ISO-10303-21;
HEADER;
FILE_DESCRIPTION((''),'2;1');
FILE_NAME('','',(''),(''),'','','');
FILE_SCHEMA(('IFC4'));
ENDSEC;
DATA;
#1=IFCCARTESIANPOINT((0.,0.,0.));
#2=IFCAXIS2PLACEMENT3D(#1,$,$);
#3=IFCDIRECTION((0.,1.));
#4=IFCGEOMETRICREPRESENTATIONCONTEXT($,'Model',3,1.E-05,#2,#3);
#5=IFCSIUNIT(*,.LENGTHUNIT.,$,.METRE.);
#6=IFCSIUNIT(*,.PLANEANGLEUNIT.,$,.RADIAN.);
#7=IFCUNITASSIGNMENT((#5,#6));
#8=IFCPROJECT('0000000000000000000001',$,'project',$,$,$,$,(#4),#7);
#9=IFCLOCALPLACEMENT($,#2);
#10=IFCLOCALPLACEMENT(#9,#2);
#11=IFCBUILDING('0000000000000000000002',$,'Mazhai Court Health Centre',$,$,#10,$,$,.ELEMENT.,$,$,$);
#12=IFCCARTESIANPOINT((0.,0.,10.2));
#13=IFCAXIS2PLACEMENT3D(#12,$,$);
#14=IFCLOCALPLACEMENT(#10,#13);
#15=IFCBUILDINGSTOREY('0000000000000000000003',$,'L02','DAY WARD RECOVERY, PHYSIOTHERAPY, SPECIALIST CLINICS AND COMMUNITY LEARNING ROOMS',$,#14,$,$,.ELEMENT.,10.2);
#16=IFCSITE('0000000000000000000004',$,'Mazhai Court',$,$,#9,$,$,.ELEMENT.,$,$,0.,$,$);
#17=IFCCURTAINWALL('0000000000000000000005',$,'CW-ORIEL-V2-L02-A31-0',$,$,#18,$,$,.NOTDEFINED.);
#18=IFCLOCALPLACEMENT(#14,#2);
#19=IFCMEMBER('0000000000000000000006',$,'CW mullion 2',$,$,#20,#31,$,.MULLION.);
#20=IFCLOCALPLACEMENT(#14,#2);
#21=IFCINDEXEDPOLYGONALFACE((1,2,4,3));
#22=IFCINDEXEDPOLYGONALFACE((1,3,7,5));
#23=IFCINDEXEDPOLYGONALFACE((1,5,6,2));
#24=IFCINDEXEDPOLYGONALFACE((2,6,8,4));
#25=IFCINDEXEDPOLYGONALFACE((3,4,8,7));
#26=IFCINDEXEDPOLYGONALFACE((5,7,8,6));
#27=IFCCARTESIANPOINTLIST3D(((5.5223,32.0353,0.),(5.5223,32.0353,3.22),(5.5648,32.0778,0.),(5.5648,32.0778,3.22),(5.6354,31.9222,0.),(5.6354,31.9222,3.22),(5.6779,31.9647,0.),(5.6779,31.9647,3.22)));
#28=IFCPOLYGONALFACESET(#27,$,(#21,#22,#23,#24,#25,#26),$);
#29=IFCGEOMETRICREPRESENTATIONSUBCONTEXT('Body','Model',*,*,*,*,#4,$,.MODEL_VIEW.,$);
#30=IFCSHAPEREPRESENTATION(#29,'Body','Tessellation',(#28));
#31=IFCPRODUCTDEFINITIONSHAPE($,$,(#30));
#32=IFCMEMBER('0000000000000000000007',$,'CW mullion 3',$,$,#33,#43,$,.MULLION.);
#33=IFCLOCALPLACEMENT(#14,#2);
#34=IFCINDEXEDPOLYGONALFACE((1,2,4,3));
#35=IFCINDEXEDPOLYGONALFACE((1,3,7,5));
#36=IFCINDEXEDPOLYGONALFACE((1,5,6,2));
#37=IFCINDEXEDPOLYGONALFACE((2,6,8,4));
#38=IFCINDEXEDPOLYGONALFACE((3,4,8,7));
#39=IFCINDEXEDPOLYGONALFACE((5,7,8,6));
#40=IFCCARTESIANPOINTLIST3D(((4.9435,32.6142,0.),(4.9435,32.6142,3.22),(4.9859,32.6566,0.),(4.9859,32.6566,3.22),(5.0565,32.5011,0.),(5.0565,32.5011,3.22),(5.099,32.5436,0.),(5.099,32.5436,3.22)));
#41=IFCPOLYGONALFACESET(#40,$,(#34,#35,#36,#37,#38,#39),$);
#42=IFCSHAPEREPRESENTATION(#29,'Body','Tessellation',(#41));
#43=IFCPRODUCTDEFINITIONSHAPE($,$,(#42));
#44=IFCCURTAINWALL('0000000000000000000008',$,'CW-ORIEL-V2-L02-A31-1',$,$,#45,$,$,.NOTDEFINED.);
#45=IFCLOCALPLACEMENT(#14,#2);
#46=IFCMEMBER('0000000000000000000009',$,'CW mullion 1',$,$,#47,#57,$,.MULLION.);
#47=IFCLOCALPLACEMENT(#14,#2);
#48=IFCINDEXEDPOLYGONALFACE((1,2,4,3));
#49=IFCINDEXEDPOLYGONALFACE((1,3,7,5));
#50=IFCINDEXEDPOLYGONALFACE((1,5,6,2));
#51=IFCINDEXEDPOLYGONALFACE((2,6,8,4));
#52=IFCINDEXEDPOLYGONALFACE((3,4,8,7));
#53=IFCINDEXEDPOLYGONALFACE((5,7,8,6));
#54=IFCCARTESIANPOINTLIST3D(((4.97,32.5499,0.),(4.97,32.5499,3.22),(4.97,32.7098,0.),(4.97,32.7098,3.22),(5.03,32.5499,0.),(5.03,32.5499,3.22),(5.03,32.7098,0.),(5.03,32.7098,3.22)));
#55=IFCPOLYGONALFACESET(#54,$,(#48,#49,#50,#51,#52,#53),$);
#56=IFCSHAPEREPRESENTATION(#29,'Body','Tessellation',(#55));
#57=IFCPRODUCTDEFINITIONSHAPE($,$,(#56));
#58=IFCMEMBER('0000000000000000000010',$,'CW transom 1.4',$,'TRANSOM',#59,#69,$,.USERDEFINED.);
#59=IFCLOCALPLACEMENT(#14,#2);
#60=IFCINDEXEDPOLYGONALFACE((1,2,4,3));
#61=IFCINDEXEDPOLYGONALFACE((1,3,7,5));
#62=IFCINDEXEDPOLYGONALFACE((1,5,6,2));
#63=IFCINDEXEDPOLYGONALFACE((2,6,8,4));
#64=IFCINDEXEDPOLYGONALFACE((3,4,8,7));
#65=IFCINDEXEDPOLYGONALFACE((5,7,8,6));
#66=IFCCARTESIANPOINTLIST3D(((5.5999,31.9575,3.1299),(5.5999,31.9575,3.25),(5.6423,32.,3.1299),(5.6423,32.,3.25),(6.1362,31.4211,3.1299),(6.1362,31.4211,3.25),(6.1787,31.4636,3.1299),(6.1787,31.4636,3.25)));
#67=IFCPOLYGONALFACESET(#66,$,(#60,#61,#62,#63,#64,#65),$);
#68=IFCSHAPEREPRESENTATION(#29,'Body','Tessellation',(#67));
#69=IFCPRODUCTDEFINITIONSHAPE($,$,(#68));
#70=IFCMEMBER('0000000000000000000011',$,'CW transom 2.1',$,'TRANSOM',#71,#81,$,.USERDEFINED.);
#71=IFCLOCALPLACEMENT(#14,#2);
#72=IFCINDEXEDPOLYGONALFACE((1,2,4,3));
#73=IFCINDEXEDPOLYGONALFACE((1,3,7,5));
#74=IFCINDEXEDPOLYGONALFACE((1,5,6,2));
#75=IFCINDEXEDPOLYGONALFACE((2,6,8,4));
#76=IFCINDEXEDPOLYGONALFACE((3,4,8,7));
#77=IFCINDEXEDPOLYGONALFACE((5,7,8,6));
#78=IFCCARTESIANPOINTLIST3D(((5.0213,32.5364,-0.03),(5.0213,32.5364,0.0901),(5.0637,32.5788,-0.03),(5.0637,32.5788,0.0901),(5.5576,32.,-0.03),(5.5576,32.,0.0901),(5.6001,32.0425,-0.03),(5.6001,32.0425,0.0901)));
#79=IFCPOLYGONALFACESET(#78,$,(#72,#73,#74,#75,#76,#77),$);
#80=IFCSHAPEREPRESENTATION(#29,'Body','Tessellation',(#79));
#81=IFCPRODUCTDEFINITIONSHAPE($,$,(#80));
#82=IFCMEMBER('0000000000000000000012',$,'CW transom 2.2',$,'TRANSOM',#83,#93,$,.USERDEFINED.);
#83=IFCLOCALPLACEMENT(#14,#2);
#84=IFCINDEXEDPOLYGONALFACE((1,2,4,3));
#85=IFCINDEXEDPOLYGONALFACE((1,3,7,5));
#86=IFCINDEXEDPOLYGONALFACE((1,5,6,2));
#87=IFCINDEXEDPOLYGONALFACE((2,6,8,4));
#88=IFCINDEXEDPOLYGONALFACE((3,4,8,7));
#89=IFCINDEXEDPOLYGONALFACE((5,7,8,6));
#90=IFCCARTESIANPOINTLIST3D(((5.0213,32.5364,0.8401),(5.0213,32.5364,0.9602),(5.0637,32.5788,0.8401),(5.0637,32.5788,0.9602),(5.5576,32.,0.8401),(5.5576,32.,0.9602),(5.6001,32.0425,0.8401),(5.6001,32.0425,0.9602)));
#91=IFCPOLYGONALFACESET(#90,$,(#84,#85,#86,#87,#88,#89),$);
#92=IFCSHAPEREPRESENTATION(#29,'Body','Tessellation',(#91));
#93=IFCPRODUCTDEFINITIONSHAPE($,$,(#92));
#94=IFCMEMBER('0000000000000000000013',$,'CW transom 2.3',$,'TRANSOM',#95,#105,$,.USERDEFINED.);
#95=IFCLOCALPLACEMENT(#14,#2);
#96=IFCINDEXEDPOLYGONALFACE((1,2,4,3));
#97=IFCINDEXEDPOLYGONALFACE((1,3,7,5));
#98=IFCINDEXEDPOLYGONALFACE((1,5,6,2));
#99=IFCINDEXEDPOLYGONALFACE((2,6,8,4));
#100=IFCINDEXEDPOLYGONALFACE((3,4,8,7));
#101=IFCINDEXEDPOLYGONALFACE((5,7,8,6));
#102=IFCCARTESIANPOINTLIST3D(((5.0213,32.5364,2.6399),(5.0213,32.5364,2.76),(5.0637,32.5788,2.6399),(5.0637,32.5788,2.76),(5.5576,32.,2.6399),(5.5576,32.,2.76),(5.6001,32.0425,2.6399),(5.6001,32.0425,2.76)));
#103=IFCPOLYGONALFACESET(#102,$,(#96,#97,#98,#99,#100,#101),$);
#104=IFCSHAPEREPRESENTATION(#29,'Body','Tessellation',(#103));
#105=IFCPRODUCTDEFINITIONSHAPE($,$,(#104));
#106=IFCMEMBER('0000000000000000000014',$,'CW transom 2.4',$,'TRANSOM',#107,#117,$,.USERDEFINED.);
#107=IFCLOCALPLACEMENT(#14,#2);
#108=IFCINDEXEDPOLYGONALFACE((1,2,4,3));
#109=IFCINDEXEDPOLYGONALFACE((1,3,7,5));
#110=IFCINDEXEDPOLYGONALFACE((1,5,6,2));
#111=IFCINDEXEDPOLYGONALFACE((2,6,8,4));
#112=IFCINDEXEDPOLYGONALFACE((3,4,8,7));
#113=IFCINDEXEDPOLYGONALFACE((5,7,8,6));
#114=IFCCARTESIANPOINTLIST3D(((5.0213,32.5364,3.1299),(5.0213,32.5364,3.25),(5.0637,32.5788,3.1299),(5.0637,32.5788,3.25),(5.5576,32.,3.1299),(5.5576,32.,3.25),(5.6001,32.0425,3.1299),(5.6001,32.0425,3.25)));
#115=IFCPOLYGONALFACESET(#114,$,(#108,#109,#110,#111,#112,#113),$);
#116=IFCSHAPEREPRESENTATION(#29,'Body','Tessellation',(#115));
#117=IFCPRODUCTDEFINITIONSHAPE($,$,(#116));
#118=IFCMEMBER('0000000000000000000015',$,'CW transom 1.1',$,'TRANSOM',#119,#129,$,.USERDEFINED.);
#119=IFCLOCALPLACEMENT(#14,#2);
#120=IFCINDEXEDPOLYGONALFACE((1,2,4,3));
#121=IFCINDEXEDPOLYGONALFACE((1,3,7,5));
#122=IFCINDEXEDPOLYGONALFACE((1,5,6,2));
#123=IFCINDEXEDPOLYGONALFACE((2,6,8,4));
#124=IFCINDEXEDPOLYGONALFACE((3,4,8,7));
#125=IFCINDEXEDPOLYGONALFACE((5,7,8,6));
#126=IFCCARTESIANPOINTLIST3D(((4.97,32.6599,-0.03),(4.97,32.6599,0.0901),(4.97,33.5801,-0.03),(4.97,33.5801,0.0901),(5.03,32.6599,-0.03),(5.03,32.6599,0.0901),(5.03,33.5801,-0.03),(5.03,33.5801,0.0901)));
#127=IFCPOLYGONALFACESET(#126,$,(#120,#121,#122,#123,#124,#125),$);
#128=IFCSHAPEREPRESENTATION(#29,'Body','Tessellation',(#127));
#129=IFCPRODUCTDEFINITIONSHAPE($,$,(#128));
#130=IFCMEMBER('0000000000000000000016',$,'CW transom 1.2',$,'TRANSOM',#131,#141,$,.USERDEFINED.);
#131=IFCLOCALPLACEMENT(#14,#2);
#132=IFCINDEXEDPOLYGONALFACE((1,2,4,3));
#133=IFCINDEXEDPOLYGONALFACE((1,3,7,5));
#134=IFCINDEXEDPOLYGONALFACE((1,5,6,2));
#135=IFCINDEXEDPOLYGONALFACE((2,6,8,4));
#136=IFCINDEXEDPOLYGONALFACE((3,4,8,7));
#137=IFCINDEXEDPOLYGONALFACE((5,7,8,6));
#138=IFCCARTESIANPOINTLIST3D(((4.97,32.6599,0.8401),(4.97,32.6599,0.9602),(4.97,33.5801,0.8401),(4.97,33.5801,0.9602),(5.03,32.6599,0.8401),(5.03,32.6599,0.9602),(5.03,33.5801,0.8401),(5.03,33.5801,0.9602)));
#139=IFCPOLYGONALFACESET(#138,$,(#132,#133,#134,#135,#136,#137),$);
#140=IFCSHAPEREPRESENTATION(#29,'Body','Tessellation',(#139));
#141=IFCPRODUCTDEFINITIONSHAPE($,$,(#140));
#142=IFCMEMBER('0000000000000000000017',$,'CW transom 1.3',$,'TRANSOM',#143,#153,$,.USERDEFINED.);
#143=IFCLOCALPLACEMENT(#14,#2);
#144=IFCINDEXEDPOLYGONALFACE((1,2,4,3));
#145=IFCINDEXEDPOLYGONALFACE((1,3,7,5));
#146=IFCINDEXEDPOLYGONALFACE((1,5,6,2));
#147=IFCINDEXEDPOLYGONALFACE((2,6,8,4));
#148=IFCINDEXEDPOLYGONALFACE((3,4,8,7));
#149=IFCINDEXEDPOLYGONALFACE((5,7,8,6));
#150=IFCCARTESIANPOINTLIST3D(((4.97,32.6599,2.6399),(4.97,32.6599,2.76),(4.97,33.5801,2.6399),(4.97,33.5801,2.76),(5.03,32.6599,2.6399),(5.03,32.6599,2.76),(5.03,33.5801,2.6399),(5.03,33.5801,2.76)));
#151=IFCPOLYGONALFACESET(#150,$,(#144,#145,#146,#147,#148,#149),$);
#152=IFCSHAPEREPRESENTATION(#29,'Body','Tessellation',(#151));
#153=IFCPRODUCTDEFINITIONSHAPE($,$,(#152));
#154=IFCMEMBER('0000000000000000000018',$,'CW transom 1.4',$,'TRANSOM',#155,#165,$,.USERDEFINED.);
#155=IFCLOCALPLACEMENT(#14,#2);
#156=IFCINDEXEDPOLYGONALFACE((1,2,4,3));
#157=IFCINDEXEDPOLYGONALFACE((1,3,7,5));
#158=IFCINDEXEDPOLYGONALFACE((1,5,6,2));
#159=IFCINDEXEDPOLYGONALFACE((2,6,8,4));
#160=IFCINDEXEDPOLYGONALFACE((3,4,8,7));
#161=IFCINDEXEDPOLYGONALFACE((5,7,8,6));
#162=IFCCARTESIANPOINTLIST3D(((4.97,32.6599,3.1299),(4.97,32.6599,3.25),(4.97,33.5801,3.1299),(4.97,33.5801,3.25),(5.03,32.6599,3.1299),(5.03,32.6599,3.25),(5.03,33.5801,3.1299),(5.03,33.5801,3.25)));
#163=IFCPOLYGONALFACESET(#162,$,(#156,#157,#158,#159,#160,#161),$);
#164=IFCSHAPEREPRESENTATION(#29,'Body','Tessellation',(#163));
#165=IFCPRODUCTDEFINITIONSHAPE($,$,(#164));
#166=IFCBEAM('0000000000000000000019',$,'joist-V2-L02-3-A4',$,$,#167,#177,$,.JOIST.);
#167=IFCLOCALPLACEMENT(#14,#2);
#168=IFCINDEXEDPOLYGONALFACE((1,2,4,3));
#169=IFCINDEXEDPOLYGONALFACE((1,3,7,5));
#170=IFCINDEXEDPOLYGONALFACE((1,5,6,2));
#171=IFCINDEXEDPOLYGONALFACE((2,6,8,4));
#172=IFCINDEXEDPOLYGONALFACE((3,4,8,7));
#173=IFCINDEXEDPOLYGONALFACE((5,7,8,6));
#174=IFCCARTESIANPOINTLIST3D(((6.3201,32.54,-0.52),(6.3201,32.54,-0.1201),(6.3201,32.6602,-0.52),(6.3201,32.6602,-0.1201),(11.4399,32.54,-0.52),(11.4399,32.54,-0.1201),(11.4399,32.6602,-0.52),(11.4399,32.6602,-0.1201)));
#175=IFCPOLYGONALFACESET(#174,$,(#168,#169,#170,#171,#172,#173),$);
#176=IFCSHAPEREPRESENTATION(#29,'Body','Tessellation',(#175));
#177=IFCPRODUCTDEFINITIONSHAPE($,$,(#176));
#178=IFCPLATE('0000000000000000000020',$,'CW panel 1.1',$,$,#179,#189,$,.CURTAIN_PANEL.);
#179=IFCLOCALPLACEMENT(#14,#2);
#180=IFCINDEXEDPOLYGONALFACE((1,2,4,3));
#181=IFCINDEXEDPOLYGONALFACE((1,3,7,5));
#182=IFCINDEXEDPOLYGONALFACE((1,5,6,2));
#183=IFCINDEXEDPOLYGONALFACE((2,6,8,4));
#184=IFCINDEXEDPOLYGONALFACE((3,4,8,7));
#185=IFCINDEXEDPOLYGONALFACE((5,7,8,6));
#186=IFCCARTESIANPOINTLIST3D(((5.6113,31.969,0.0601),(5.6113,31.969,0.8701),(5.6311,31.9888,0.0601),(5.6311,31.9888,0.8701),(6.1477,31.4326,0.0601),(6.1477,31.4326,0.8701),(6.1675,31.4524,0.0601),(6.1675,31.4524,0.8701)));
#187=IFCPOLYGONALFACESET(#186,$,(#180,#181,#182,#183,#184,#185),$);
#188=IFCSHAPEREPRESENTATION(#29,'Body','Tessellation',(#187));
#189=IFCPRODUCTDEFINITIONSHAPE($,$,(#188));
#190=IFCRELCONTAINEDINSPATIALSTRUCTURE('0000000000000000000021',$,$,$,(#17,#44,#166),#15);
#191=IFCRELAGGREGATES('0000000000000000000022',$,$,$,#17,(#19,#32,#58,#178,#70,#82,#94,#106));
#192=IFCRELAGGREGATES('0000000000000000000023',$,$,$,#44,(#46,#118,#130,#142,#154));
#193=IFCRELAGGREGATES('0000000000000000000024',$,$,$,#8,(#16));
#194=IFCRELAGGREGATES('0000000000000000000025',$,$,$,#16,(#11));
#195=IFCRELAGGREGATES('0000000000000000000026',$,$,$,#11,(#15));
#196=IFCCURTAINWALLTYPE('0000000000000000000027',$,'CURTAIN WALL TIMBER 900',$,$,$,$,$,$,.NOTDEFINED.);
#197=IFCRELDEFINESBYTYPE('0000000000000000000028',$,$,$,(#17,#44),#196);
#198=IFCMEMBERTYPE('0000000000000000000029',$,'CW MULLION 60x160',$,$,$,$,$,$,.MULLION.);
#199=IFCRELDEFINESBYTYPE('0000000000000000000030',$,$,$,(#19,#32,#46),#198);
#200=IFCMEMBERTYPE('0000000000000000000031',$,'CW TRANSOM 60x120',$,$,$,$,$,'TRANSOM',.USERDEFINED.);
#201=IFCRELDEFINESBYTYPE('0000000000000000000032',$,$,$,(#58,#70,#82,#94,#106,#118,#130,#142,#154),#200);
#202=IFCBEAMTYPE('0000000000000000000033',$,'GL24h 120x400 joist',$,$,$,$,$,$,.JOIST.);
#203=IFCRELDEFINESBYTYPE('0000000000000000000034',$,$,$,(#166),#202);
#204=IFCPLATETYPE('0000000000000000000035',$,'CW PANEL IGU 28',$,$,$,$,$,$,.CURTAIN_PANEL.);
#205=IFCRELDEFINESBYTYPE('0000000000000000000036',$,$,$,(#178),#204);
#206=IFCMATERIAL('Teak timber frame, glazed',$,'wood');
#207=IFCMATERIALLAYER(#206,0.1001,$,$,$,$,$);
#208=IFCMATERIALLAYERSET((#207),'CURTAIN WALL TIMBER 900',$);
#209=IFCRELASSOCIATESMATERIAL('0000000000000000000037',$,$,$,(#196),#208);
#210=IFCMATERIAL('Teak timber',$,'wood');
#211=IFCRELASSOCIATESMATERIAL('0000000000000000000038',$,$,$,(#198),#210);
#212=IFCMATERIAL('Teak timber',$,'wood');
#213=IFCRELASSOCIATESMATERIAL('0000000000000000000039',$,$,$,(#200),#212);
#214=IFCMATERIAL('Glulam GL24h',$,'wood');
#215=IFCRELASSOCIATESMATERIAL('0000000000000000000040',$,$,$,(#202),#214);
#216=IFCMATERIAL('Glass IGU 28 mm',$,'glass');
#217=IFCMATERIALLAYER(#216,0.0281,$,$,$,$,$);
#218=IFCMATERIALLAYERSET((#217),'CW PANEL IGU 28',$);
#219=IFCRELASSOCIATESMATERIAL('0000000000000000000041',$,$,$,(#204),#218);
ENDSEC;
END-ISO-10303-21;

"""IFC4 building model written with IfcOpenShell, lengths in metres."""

from ifc_helpers import new_model, si_unit, direction, frame, origin, origin_2d, place, context, subcontext, project, spatial, rectangle, extrude, material, layer, layer_set, material_profile, profile_set, type_object, element, aggregate, save


model = new_model("IFC4")

# Units and contexts
model_context = context("Model", 3, precision=1e-05, world=origin(), true_north=direction((0.0, 1.0)))
body_context = subcontext(model_context, "Body", "Model", "MODEL_VIEW")
ifc_project = project(units=[si_unit("LENGTHUNIT", "METRE"), si_unit("PLANEANGLEUNIT", "RADIAN")], contexts=[model_context])

# Site, building, storey
site_placement = place(None, origin())
site = spatial("IfcSite", under=ifc_project, at=site_placement, Name="Mazhai Court", CompositionType="ELEMENT", RefElevation=0.0)
building_placement = place(site_placement, origin())
building = spatial("IfcBuilding", under=site, at=building_placement, Name="Mazhai Court Health Centre", CompositionType="ELEMENT")
storey_placement = place(building_placement, frame((0.0, 0.0, 10.2)))
storey = spatial("IfcBuildingStorey", under=building, at=storey_placement, Name="L02", Description="DAY WARD RECOVERY, PHYSIOTHERAPY, SPECIALIST CLINICS AND COMMUNITY LEARNING ROOMS", CompositionType="ELEMENT", Elevation=10.2)

# Curtain wall, members
ifc_material_1 = material(Name="Teak timber frame, glazed", Category="wood")
ifc_layer_1 = layer(ifc_material_1, 0.1001)
ifc_layer_set_1 = layer_set([ifc_layer_1], Name="CURTAIN WALL TIMBER 900")
curtain_wall_type = type_object("IfcCurtainWallType", Name="CURTAIN WALL TIMBER 900", PredefinedType="NOTDEFINED", material=ifc_layer_set_1)
curtain_wall_1_placement = place(storey_placement, origin())
curtain_wall_1 = element("IfcCurtainWall", 1, at=curtain_wall_1_placement, inside=storey, type_object=curtain_wall_type, Name="CW-ORIEL-V2-L02-A31-0", PredefinedType="NOTDEFINED")
ifc_material_2 = material(Name="Teak timber", Category="wood")
ifc_material_profile_1 = material_profile(ifc_material_2, rectangle(XDim=0.0601, YDim=0.1599, at=origin_2d()), Name="CW MULLION 60x160")
ifc_profile_set_1 = profile_set([ifc_material_profile_1], Name="Teak timber")
member_type_1 = type_object("IfcMemberType", Name="CW MULLION 60x160", PredefinedType="MULLION", material=ifc_profile_set_1)
member_1_placement = place(storey_placement, frame((5.6001, 32.0, 0.0), z_axis=(0.0, 0.0, 1.0), x_axis=(-0.707107, -0.707107, 0.0)))
member_1 = element("IfcMember", 2, at=member_1_placement, type_object=member_type_1, Name="CW mullion 2", PredefinedType="MULLION", context=body_context, shape_type="SweptSolid", body=[
    extrude(rectangle(XDim=0.0601, YDim=0.1599, at=origin_2d()), origin(), (0.0, 0.0, 1.0), 3.22),
])
member_2_placement = place(storey_placement, frame((5.0212, 32.5789, 0.0), z_axis=(0.0, 0.0, 1.0), x_axis=(-0.707107, -0.707107, 0.0)))
member_2 = element("IfcMember", 3, at=member_2_placement, type_object=member_type_1, Name="CW mullion 3", PredefinedType="MULLION", context=body_context, shape_type="SweptSolid", body=[
    extrude(rectangle(XDim=0.0601, YDim=0.1599, at=origin_2d()), origin(), (0.0, 0.0, 1.0), 3.22),
])

# Curtain wall, member
curtain_wall_2_placement = place(storey_placement, origin())
curtain_wall_2 = element("IfcCurtainWall", 4, at=curtain_wall_2_placement, inside=storey, type_object=curtain_wall_type, Name="CW-ORIEL-V2-L02-A31-1", PredefinedType="NOTDEFINED")
member_3_placement = place(storey_placement, frame((5.0, 32.6299, 0.0), z_axis=(0.0, 0.0, 1.0), x_axis=(-1.0, 0.0, 0.0)))
member_3 = element("IfcMember", 5, at=member_3_placement, type_object=member_type_1, Name="CW mullion 1", PredefinedType="MULLION", context=body_context, shape_type="SweptSolid", body=[
    extrude(rectangle(XDim=0.0601, YDim=0.1599, at=origin_2d()), origin(), (0.0, 0.0, 1.0), 3.22),
])

# Members
ifc_material_3 = material(Name="Teak timber", Category="wood")
ifc_material_profile_2 = material_profile(ifc_material_3, rectangle(XDim=0.0601, YDim=0.1201, at=origin_2d()), Name="CW TRANSOM 60x120")
ifc_profile_set_2 = profile_set([ifc_material_profile_2], Name="Teak timber")
member_type_2 = type_object("IfcMemberType", Name="CW TRANSOM 60x120", ElementType="TRANSOM", PredefinedType="USERDEFINED", material=ifc_profile_set_2)
member_4_placement = place(storey_placement, frame((6.1575, 31.4424, 3.1899), z_axis=(-0.707107, 0.707107, 0.0), x_axis=(-0.707107, -0.707107, 0.0)))
member_4 = element("IfcMember", 6, at=member_4_placement, type_object=member_type_2, Name="CW transom 1.4", ObjectType="TRANSOM", PredefinedType="USERDEFINED", context=body_context, shape_type="SweptSolid", body=[
    extrude(rectangle(XDim=0.0601, YDim=0.1201, at=origin_2d()), origin(), (0.0, 0.0, 1.0), 0.7585),
])
member_5_placement = place(storey_placement, frame((5.5789, 32.0212, 0.03), z_axis=(-0.707107, 0.707107, 0.0), x_axis=(-0.707107, -0.707107, 0.0)))
member_5 = element("IfcMember", 7, at=member_5_placement, type_object=member_type_2, Name="CW transom 2.1", ObjectType="TRANSOM", PredefinedType="USERDEFINED", context=body_context, shape_type="SweptSolid", body=[
    extrude(rectangle(XDim=0.0601, YDim=0.1201, at=origin_2d()), origin(), (0.0, 0.0, 1.0), 0.7585),
])
member_6_placement = place(storey_placement, frame((5.5789, 32.0212, 0.9001), z_axis=(-0.707107, 0.707107, 0.0), x_axis=(-0.707107, -0.707107, 0.0)))
member_6 = element("IfcMember", 8, at=member_6_placement, type_object=member_type_2, Name="CW transom 2.2", ObjectType="TRANSOM", PredefinedType="USERDEFINED", context=body_context, shape_type="SweptSolid", body=[
    extrude(rectangle(XDim=0.0601, YDim=0.1201, at=origin_2d()), origin(), (0.0, 0.0, 1.0), 0.7585),
])
member_7_placement = place(storey_placement, frame((5.5789, 32.0212, 2.7), z_axis=(-0.707107, 0.707107, 0.0), x_axis=(-0.707107, -0.707107, 0.0)))
member_7 = element("IfcMember", 9, at=member_7_placement, type_object=member_type_2, Name="CW transom 2.3", ObjectType="TRANSOM", PredefinedType="USERDEFINED", context=body_context, shape_type="SweptSolid", body=[
    extrude(rectangle(XDim=0.0601, YDim=0.1201, at=origin_2d()), origin(), (0.0, 0.0, 1.0), 0.7585),
])
member_8_placement = place(storey_placement, frame((5.5789, 32.0212, 3.1899), z_axis=(-0.707107, 0.707107, 0.0), x_axis=(-0.707107, -0.707107, 0.0)))
member_8 = element("IfcMember", 10, at=member_8_placement, type_object=member_type_2, Name="CW transom 2.4", ObjectType="TRANSOM", PredefinedType="USERDEFINED", context=body_context, shape_type="SweptSolid", body=[
    extrude(rectangle(XDim=0.0601, YDim=0.1201, at=origin_2d()), origin(), (0.0, 0.0, 1.0), 0.7585),
])
member_9_placement = place(storey_placement, frame((5.0, 32.6599, 0.03), z_axis=(0.0, 1.0, 0.0), x_axis=(-1.0, 0.0, 0.0)))
member_9 = element("IfcMember", 11, at=member_9_placement, type_object=member_type_2, Name="CW transom 1.1", ObjectType="TRANSOM", PredefinedType="USERDEFINED", context=body_context, shape_type="SweptSolid", body=[
    extrude(rectangle(XDim=0.0601, YDim=0.1201, at=origin_2d()), origin(), (0.0, 0.0, 1.0), 0.9202),
])
member_10_placement = place(storey_placement, frame((5.0, 32.6599, 0.9001), z_axis=(0.0, 1.0, 0.0), x_axis=(-1.0, 0.0, 0.0)))
member_10 = element("IfcMember", 12, at=member_10_placement, type_object=member_type_2, Name="CW transom 1.2", ObjectType="TRANSOM", PredefinedType="USERDEFINED", context=body_context, shape_type="SweptSolid", body=[
    extrude(rectangle(XDim=0.0601, YDim=0.1201, at=origin_2d()), origin(), (0.0, 0.0, 1.0), 0.9202),
])
member_11_placement = place(storey_placement, frame((5.0, 32.6599, 2.7), z_axis=(0.0, 1.0, 0.0), x_axis=(-1.0, 0.0, 0.0)))
member_11 = element("IfcMember", 13, at=member_11_placement, type_object=member_type_2, Name="CW transom 1.3", ObjectType="TRANSOM", PredefinedType="USERDEFINED", context=body_context, shape_type="SweptSolid", body=[
    extrude(rectangle(XDim=0.0601, YDim=0.1201, at=origin_2d()), origin(), (0.0, 0.0, 1.0), 0.9202),
])
member_12_placement = place(storey_placement, frame((5.0, 32.6599, 3.1899), z_axis=(0.0, 1.0, 0.0), x_axis=(-1.0, 0.0, 0.0)))
member_12 = element("IfcMember", 14, at=member_12_placement, type_object=member_type_2, Name="CW transom 1.4", ObjectType="TRANSOM", PredefinedType="USERDEFINED", context=body_context, shape_type="SweptSolid", body=[
    extrude(rectangle(XDim=0.0601, YDim=0.1201, at=origin_2d()), origin(), (0.0, 0.0, 1.0), 0.9202),
])

# Beam
ifc_material_4 = material(Name="Glulam GL24h", Category="wood")
ifc_material_profile_3 = material_profile(ifc_material_4, rectangle(XDim=0.1201, YDim=0.3999, at=origin_2d()), Name="GL24h 120x400")
ifc_profile_set_3 = profile_set([ifc_material_profile_3], Name="Glulam GL24h")
beam_type = type_object("IfcBeamType", Name="GL24h 120x400 joist", PredefinedType="JOIST", material=ifc_profile_set_3)
beam_placement = place(storey_placement, frame((6.3201, 32.6001, -0.3201), z_axis=(1.0, 0.0, 0.0), x_axis=(0.0, 1.0, 0.0)))
element("IfcBeam", 15, at=beam_placement, inside=storey, type_object=beam_type, Name="joist-V2-L02-3-A4", PredefinedType="JOIST", context=body_context, shape_type="SweptSolid", body=[
    extrude(rectangle(XDim=0.1201, YDim=0.3999, at=origin_2d()), origin(), (0.0, 0.0, 1.0), 5.1199),
])

# Plate
ifc_material_5 = material(Name="Glass IGU 28 mm", Category="glass")
ifc_layer_2 = layer(ifc_material_5, 0.0281)
ifc_layer_set_2 = layer_set([ifc_layer_2], Name="CW PANEL IGU 28")
plate_type = type_object("IfcPlateType", Name="CW PANEL IGU 28", PredefinedType="CURTAIN_PANEL", material=ifc_layer_set_2)
plate_1_placement = place(storey_placement, frame((5.8894, 31.7107, 0.0601), z_axis=(0.0, 0.0, 1.0), x_axis=(-0.707107, 0.707107, 0.0)))
plate_1 = element("IfcPlate", 16, at=plate_1_placement, type_object=plate_type, Name="CW panel 1.1", PredefinedType="CURTAIN_PANEL", context=body_context, shape_type="SweptSolid", body=[
    extrude(rectangle(XDim=0.7585, YDim=0.0281, at=origin_2d()), origin(), (0.0, 0.0, 1.0), 0.8101),
])
aggregate(curtain_wall_1, [member_1, member_2, member_4, plate_1, member_5, member_6, member_7, member_8])
aggregate(curtain_wall_2, [member_3, member_9, member_10, member_11, member_12])

save(model, "model.ifc")
